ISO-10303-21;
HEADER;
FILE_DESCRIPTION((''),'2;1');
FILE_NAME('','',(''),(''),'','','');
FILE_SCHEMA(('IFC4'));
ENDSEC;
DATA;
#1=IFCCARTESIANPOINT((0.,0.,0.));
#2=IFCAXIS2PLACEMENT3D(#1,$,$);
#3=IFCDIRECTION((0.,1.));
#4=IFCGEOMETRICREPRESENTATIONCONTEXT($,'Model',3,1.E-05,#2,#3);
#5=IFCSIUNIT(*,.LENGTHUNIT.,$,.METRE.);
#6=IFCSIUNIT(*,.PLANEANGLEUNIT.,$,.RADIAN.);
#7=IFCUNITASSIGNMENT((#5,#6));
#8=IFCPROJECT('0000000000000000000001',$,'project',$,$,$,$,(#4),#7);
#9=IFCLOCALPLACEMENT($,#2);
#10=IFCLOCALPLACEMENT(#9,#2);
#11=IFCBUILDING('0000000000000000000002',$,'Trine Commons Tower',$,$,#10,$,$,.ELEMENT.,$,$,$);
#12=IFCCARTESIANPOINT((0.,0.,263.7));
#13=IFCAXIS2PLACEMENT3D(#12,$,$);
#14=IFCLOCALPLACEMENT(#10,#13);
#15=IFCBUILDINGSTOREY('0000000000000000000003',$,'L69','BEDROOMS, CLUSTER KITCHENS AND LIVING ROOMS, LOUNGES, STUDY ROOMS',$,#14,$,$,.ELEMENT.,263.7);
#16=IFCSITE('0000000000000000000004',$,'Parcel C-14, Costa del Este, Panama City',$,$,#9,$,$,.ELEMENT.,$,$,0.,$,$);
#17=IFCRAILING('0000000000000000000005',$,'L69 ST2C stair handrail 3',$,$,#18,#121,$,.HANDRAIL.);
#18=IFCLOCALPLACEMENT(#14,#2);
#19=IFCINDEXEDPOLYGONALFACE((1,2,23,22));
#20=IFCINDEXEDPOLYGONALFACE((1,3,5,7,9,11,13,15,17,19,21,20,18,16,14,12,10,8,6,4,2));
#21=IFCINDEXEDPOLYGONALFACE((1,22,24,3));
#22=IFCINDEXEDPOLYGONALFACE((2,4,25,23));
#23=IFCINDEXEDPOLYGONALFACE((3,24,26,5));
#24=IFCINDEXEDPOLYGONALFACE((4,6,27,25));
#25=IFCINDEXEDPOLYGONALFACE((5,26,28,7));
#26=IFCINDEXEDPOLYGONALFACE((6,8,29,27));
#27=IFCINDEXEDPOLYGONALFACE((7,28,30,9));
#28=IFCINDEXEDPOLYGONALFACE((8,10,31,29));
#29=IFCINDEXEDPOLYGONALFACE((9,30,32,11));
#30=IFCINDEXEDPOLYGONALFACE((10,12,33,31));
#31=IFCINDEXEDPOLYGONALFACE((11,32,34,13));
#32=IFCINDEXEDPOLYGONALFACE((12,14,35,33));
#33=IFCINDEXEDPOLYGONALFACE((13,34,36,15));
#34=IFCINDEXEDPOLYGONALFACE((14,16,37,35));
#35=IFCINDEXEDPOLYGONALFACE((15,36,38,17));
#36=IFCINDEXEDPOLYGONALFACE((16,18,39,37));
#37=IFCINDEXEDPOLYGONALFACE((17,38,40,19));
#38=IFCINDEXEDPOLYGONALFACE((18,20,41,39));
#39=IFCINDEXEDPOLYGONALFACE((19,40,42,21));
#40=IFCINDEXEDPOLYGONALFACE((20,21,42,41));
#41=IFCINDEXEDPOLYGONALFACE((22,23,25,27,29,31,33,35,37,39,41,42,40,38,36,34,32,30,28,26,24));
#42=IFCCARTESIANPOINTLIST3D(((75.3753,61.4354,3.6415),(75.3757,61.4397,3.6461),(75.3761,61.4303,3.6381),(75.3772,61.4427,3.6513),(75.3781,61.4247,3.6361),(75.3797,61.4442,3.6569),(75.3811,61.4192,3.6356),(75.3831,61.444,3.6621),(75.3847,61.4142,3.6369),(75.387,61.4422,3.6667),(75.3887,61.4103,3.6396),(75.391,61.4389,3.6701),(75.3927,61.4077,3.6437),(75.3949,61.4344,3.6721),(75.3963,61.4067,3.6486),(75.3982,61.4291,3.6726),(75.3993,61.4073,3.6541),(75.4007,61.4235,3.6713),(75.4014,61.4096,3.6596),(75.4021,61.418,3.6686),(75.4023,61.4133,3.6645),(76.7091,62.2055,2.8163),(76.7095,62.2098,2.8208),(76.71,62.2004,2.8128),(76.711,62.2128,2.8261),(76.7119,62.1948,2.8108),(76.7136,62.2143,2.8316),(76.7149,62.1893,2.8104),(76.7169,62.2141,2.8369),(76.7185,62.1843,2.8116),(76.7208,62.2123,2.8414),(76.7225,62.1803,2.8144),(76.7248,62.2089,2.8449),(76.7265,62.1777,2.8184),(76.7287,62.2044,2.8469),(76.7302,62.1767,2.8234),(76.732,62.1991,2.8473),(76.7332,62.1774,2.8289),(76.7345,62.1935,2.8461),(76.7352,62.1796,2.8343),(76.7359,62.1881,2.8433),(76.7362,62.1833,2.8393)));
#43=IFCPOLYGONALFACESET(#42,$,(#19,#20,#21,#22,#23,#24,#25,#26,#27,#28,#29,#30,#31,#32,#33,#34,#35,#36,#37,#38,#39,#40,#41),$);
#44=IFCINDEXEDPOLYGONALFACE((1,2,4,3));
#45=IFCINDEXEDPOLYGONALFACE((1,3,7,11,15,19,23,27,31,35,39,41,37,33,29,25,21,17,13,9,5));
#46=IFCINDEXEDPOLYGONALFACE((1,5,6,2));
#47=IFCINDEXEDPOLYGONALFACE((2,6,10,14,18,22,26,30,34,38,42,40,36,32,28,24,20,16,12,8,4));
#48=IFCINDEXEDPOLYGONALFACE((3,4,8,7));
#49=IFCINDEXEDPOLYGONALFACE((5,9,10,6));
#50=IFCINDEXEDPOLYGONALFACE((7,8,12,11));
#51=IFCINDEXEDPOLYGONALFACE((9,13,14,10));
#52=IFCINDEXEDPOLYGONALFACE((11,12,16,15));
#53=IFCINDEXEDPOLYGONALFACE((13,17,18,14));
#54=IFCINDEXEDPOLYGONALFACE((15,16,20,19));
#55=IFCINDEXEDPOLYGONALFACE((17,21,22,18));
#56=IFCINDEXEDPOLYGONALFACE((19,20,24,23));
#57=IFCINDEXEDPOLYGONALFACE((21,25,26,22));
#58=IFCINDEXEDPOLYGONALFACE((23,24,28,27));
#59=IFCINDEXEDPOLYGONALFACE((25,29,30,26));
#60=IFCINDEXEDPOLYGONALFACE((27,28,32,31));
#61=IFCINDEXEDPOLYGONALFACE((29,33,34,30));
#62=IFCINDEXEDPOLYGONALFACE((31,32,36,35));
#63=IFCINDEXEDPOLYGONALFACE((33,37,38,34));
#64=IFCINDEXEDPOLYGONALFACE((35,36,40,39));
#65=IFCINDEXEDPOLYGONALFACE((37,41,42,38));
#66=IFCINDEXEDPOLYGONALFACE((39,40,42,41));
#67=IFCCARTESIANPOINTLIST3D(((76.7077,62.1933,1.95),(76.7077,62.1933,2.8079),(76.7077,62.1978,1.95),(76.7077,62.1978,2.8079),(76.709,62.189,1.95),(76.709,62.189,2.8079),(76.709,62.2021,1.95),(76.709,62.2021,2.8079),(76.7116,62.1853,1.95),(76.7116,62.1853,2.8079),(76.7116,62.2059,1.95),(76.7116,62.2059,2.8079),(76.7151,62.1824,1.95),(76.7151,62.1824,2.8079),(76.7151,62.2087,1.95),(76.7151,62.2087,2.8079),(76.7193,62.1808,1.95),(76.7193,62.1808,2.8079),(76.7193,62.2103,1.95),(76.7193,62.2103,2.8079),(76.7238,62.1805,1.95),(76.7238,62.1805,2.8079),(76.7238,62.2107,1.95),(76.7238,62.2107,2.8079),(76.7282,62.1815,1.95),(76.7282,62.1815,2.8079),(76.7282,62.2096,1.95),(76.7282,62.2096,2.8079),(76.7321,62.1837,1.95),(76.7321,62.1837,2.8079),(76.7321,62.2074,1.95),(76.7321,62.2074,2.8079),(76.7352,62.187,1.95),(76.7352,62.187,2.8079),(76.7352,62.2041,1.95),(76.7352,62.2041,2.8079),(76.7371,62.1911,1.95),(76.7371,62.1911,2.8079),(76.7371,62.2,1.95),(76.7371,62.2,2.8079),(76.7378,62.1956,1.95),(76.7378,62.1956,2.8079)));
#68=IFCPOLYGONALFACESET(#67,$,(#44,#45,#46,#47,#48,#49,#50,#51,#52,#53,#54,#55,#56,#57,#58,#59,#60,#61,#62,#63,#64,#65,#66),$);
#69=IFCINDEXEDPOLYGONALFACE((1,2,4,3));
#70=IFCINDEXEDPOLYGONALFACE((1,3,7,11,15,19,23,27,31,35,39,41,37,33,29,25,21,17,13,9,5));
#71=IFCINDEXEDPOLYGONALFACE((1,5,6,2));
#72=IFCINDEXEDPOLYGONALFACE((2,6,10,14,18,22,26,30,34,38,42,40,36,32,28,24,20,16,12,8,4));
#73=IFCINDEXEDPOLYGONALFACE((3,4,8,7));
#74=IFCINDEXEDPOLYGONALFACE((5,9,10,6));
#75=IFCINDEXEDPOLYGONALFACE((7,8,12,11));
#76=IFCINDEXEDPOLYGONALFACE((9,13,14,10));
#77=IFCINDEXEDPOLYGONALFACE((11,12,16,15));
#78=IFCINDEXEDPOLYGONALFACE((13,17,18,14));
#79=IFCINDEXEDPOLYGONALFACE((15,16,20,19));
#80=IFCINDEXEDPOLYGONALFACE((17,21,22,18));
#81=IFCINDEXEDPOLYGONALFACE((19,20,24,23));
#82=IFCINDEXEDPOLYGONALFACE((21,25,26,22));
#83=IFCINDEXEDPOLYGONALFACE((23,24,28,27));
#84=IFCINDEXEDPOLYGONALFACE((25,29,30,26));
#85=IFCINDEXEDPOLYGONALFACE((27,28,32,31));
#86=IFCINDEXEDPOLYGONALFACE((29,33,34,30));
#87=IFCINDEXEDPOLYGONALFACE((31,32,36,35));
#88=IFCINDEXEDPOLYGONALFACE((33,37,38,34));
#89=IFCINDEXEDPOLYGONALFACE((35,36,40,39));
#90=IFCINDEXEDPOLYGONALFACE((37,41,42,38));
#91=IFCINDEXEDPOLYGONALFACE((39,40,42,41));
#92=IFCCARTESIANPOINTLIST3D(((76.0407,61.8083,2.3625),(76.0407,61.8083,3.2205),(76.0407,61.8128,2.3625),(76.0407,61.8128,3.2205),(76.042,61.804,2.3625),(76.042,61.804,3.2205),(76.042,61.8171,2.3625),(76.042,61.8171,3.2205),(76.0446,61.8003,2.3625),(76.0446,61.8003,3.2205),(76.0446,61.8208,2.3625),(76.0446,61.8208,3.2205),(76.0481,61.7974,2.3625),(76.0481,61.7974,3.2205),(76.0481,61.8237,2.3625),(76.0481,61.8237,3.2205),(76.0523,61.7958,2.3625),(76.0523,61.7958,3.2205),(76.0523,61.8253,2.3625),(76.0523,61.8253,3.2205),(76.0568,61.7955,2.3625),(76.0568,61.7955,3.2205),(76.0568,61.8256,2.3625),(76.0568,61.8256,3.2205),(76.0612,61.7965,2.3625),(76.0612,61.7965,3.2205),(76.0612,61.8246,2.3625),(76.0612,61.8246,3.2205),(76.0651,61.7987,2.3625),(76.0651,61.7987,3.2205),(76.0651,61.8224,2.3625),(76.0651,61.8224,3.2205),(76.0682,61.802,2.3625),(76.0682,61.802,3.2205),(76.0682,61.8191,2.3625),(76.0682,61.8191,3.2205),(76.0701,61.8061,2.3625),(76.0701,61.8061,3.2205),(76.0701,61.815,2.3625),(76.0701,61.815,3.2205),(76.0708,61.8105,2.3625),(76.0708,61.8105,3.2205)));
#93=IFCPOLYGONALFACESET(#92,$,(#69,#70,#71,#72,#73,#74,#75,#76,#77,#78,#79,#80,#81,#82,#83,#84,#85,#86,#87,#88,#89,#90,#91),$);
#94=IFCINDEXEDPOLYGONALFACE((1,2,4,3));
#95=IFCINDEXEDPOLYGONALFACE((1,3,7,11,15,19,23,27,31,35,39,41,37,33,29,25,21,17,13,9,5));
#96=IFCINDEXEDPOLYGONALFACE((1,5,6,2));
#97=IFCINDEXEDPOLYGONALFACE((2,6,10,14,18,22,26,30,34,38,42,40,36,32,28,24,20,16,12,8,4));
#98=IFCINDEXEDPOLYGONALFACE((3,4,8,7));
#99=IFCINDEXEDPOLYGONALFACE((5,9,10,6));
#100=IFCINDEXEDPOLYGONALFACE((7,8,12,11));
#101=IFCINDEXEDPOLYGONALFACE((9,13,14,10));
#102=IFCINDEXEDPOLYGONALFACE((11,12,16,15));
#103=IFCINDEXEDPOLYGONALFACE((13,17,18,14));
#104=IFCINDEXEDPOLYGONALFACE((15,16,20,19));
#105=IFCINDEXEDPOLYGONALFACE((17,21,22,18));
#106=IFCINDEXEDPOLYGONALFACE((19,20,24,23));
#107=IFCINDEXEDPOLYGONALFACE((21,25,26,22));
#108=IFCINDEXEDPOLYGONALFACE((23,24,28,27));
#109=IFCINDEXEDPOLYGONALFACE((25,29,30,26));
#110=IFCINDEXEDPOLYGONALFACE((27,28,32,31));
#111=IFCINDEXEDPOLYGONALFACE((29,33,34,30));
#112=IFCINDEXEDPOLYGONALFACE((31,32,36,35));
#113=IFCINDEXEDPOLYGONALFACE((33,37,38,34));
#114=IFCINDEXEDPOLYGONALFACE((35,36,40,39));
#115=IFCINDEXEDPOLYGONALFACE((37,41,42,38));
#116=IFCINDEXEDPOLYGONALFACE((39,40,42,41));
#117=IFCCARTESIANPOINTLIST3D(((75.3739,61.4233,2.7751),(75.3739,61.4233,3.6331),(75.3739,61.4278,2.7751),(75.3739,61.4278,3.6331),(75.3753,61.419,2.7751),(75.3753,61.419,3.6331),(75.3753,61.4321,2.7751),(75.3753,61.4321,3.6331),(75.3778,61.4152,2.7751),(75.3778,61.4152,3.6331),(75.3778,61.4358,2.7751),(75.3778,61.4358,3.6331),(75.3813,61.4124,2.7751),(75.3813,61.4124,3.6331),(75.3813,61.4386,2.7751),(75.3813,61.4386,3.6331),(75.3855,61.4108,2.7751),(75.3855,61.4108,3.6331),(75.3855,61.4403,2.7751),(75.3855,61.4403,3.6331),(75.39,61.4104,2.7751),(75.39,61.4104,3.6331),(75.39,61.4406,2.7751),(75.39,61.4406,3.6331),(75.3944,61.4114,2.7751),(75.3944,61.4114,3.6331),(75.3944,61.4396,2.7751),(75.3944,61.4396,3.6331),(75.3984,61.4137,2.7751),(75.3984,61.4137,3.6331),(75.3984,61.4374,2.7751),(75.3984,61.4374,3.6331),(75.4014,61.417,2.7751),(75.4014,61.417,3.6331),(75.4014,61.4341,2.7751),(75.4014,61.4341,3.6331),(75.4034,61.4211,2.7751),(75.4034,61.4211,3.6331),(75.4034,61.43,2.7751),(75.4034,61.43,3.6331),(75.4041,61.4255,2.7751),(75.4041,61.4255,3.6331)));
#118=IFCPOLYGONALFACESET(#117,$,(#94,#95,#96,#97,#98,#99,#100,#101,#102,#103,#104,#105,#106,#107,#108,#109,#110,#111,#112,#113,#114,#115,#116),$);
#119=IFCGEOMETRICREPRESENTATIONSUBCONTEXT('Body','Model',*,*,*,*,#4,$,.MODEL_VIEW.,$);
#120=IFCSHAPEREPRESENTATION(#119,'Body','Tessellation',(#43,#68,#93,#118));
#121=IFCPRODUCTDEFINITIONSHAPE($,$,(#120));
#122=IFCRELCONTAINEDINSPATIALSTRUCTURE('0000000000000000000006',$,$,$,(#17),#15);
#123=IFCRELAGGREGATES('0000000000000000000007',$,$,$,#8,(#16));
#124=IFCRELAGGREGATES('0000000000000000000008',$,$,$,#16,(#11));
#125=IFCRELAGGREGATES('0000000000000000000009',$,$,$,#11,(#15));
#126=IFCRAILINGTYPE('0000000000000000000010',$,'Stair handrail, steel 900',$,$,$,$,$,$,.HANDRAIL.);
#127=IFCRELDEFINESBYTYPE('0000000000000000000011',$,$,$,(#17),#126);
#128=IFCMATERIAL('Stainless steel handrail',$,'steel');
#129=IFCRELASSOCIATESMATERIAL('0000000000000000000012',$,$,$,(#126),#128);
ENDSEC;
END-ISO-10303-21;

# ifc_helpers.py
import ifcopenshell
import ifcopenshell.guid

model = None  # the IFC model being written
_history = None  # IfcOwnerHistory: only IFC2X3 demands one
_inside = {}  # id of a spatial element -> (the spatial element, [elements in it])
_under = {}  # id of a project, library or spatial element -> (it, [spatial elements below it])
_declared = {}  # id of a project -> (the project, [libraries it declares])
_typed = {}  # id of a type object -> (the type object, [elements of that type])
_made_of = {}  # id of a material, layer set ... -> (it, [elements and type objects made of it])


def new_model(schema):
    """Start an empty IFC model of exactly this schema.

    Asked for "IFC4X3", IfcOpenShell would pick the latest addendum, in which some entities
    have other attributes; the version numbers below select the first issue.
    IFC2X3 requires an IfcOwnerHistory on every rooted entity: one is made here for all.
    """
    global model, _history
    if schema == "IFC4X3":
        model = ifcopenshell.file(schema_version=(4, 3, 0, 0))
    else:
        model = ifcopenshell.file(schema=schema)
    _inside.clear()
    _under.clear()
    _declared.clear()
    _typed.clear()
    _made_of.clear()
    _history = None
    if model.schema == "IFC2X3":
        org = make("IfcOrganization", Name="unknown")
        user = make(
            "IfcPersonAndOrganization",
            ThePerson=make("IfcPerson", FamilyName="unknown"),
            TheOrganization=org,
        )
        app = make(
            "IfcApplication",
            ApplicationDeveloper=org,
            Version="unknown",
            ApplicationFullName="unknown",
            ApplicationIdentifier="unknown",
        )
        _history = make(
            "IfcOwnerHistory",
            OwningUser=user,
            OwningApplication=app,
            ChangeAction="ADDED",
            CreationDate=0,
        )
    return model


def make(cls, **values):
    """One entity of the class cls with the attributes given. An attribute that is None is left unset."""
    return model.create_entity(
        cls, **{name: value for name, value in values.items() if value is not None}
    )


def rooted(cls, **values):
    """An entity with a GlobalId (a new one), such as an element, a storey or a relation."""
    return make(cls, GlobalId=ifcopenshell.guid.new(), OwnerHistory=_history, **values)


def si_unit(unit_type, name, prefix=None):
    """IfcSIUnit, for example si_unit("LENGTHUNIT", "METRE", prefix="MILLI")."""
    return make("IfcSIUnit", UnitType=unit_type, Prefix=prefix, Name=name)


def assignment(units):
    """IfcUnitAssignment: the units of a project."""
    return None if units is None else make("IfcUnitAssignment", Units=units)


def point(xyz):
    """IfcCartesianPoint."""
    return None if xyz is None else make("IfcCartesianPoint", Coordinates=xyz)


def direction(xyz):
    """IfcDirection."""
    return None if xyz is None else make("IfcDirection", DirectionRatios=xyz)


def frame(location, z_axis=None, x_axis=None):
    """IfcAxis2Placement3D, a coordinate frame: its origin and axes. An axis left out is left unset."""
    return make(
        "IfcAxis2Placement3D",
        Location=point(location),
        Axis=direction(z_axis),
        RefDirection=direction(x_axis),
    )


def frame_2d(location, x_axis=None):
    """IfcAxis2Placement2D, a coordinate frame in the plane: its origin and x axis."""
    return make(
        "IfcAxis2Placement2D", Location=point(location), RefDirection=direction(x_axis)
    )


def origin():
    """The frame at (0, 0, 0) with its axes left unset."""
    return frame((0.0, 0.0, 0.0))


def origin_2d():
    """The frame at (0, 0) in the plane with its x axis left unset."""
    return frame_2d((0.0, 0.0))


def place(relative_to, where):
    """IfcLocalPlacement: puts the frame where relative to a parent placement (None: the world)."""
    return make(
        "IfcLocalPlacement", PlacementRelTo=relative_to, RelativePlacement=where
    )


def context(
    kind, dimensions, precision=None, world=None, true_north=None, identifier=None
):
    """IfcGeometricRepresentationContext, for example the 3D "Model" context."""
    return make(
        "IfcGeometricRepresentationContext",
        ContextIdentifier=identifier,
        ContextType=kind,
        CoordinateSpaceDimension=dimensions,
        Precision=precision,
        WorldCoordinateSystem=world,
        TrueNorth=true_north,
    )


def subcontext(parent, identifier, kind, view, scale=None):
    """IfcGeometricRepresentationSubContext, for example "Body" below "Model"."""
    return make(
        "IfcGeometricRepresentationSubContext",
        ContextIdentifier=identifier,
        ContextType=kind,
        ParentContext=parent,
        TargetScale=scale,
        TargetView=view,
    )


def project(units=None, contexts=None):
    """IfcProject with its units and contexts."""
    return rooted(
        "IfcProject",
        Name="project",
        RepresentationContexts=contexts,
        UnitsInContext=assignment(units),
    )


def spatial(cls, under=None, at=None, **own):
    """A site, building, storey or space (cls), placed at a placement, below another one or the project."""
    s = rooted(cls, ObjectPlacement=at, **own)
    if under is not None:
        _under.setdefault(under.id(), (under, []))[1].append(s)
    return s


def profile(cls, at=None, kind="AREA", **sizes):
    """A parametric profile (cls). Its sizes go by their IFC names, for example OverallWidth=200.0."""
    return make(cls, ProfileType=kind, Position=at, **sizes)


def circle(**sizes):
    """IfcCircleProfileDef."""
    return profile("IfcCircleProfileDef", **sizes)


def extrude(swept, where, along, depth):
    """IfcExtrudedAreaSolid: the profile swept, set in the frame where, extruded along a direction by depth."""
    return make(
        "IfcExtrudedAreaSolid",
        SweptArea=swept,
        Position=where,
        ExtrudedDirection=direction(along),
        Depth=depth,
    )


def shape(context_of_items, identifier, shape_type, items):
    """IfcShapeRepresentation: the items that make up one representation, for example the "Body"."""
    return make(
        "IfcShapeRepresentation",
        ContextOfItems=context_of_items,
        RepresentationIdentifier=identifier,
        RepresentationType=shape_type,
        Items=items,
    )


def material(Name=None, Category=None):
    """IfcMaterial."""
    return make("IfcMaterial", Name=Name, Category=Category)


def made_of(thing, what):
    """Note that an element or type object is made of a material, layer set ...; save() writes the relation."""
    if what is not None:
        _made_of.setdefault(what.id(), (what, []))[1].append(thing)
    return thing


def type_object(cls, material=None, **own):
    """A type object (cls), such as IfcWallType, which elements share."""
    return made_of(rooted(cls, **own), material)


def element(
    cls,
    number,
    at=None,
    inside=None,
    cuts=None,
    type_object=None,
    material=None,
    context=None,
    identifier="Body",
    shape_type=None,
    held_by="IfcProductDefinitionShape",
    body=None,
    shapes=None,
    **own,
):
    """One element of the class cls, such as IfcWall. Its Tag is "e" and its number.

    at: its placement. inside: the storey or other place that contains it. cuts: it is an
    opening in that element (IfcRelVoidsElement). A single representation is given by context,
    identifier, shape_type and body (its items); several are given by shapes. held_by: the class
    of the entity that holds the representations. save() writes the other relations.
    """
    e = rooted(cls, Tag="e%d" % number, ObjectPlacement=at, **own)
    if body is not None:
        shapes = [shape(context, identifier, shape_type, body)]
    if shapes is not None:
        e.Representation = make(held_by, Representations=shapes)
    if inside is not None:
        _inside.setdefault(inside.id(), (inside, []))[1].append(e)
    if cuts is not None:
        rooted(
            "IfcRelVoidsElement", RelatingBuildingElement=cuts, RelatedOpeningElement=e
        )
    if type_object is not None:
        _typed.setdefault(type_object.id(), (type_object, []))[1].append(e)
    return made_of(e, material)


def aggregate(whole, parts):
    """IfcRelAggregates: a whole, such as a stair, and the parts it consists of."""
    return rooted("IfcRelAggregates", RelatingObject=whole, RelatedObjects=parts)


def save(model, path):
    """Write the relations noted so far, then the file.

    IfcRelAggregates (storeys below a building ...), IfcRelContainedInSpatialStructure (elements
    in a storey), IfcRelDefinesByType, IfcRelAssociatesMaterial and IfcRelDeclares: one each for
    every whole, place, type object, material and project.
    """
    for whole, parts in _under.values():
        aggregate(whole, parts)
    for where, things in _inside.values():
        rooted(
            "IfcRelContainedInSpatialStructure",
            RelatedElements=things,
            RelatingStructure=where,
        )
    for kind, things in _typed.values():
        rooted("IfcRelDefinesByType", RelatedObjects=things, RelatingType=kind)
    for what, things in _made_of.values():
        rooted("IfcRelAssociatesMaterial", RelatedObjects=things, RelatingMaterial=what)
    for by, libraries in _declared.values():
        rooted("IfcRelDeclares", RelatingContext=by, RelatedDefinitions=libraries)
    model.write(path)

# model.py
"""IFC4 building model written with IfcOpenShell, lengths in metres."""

from ifc_helpers import new_model, si_unit, direction, frame, origin, origin_2d, place, context, subcontext, project, spatial, circle, extrude, material, type_object, element, save


model = new_model("IFC4")

# Units and contexts
model_context = context("Model", 3, precision=1e-05, world=origin(), true_north=direction((0.0, 1.0)))
body_context = subcontext(model_context, "Body", "Model", "MODEL_VIEW")
ifc_project = project(units=[si_unit("LENGTHUNIT", "METRE"), si_unit("PLANEANGLEUNIT", "RADIAN")], contexts=[model_context])

# Site, building, storey
site_placement = place(None, origin())
site = spatial("IfcSite", under=ifc_project, at=site_placement, Name="Parcel C-14, Costa del Este, Panama City", CompositionType="ELEMENT", RefElevation=0.0)
building_placement = place(site_placement, origin())
building = spatial("IfcBuilding", under=site, at=building_placement, Name="Trine Commons Tower", CompositionType="ELEMENT")
storey_placement = place(building_placement, frame((0.0, 0.0, 263.7)))
storey = spatial("IfcBuildingStorey", under=building, at=storey_placement, Name="L69", Description="BEDROOMS, CLUSTER KITCHENS AND LIVING ROOMS, LOUNGES, STUDY ROOMS", CompositionType="ELEMENT", Elevation=263.7)

# Railing
ifc_material_1 = material(Name="Stainless steel handrail", Category="steel")
railing_type_1 = type_object("IfcRailingType", Name="Stair handrail, steel 900", PredefinedType="HANDRAIL", material=ifc_material_1)
railing_1_placement = place(storey_placement, frame((76.7227, 62.1956, 1.95)))
element("IfcRailing", 1, at=railing_1_placement, inside=storey, type_object=railing_type_1, Name="L69 ST2C stair handrail 3", PredefinedType="HANDRAIL", context=body_context, shape_type="SweptSolid", body=[
    extrude(circle(Radius=0.021, at=origin_2d()), frame((0.0, 0.0, 0.8789), z_axis=(-0.763355, -0.440714, 0.472293), x_axis=(0.499992, -0.86603, 0.0)), (0.0, 0.0, 1.0), 1.7473),
    extrude(circle(Radius=0.0151, at=origin_2d()), origin(), (0.0, 0.0, 1.0), 0.8579),
    extrude(circle(Radius=0.0151, at=origin_2d()), frame((-0.667, -0.385, 0.4126)), (0.0, 0.0, 1.0), 0.8579),
    extrude(circle(Radius=0.0151, at=origin_2d()), frame((-1.3337, -0.77, 0.8252)), (0.0, 0.0, 1.0), 0.8579),
])

save(model, "model.ifc")
